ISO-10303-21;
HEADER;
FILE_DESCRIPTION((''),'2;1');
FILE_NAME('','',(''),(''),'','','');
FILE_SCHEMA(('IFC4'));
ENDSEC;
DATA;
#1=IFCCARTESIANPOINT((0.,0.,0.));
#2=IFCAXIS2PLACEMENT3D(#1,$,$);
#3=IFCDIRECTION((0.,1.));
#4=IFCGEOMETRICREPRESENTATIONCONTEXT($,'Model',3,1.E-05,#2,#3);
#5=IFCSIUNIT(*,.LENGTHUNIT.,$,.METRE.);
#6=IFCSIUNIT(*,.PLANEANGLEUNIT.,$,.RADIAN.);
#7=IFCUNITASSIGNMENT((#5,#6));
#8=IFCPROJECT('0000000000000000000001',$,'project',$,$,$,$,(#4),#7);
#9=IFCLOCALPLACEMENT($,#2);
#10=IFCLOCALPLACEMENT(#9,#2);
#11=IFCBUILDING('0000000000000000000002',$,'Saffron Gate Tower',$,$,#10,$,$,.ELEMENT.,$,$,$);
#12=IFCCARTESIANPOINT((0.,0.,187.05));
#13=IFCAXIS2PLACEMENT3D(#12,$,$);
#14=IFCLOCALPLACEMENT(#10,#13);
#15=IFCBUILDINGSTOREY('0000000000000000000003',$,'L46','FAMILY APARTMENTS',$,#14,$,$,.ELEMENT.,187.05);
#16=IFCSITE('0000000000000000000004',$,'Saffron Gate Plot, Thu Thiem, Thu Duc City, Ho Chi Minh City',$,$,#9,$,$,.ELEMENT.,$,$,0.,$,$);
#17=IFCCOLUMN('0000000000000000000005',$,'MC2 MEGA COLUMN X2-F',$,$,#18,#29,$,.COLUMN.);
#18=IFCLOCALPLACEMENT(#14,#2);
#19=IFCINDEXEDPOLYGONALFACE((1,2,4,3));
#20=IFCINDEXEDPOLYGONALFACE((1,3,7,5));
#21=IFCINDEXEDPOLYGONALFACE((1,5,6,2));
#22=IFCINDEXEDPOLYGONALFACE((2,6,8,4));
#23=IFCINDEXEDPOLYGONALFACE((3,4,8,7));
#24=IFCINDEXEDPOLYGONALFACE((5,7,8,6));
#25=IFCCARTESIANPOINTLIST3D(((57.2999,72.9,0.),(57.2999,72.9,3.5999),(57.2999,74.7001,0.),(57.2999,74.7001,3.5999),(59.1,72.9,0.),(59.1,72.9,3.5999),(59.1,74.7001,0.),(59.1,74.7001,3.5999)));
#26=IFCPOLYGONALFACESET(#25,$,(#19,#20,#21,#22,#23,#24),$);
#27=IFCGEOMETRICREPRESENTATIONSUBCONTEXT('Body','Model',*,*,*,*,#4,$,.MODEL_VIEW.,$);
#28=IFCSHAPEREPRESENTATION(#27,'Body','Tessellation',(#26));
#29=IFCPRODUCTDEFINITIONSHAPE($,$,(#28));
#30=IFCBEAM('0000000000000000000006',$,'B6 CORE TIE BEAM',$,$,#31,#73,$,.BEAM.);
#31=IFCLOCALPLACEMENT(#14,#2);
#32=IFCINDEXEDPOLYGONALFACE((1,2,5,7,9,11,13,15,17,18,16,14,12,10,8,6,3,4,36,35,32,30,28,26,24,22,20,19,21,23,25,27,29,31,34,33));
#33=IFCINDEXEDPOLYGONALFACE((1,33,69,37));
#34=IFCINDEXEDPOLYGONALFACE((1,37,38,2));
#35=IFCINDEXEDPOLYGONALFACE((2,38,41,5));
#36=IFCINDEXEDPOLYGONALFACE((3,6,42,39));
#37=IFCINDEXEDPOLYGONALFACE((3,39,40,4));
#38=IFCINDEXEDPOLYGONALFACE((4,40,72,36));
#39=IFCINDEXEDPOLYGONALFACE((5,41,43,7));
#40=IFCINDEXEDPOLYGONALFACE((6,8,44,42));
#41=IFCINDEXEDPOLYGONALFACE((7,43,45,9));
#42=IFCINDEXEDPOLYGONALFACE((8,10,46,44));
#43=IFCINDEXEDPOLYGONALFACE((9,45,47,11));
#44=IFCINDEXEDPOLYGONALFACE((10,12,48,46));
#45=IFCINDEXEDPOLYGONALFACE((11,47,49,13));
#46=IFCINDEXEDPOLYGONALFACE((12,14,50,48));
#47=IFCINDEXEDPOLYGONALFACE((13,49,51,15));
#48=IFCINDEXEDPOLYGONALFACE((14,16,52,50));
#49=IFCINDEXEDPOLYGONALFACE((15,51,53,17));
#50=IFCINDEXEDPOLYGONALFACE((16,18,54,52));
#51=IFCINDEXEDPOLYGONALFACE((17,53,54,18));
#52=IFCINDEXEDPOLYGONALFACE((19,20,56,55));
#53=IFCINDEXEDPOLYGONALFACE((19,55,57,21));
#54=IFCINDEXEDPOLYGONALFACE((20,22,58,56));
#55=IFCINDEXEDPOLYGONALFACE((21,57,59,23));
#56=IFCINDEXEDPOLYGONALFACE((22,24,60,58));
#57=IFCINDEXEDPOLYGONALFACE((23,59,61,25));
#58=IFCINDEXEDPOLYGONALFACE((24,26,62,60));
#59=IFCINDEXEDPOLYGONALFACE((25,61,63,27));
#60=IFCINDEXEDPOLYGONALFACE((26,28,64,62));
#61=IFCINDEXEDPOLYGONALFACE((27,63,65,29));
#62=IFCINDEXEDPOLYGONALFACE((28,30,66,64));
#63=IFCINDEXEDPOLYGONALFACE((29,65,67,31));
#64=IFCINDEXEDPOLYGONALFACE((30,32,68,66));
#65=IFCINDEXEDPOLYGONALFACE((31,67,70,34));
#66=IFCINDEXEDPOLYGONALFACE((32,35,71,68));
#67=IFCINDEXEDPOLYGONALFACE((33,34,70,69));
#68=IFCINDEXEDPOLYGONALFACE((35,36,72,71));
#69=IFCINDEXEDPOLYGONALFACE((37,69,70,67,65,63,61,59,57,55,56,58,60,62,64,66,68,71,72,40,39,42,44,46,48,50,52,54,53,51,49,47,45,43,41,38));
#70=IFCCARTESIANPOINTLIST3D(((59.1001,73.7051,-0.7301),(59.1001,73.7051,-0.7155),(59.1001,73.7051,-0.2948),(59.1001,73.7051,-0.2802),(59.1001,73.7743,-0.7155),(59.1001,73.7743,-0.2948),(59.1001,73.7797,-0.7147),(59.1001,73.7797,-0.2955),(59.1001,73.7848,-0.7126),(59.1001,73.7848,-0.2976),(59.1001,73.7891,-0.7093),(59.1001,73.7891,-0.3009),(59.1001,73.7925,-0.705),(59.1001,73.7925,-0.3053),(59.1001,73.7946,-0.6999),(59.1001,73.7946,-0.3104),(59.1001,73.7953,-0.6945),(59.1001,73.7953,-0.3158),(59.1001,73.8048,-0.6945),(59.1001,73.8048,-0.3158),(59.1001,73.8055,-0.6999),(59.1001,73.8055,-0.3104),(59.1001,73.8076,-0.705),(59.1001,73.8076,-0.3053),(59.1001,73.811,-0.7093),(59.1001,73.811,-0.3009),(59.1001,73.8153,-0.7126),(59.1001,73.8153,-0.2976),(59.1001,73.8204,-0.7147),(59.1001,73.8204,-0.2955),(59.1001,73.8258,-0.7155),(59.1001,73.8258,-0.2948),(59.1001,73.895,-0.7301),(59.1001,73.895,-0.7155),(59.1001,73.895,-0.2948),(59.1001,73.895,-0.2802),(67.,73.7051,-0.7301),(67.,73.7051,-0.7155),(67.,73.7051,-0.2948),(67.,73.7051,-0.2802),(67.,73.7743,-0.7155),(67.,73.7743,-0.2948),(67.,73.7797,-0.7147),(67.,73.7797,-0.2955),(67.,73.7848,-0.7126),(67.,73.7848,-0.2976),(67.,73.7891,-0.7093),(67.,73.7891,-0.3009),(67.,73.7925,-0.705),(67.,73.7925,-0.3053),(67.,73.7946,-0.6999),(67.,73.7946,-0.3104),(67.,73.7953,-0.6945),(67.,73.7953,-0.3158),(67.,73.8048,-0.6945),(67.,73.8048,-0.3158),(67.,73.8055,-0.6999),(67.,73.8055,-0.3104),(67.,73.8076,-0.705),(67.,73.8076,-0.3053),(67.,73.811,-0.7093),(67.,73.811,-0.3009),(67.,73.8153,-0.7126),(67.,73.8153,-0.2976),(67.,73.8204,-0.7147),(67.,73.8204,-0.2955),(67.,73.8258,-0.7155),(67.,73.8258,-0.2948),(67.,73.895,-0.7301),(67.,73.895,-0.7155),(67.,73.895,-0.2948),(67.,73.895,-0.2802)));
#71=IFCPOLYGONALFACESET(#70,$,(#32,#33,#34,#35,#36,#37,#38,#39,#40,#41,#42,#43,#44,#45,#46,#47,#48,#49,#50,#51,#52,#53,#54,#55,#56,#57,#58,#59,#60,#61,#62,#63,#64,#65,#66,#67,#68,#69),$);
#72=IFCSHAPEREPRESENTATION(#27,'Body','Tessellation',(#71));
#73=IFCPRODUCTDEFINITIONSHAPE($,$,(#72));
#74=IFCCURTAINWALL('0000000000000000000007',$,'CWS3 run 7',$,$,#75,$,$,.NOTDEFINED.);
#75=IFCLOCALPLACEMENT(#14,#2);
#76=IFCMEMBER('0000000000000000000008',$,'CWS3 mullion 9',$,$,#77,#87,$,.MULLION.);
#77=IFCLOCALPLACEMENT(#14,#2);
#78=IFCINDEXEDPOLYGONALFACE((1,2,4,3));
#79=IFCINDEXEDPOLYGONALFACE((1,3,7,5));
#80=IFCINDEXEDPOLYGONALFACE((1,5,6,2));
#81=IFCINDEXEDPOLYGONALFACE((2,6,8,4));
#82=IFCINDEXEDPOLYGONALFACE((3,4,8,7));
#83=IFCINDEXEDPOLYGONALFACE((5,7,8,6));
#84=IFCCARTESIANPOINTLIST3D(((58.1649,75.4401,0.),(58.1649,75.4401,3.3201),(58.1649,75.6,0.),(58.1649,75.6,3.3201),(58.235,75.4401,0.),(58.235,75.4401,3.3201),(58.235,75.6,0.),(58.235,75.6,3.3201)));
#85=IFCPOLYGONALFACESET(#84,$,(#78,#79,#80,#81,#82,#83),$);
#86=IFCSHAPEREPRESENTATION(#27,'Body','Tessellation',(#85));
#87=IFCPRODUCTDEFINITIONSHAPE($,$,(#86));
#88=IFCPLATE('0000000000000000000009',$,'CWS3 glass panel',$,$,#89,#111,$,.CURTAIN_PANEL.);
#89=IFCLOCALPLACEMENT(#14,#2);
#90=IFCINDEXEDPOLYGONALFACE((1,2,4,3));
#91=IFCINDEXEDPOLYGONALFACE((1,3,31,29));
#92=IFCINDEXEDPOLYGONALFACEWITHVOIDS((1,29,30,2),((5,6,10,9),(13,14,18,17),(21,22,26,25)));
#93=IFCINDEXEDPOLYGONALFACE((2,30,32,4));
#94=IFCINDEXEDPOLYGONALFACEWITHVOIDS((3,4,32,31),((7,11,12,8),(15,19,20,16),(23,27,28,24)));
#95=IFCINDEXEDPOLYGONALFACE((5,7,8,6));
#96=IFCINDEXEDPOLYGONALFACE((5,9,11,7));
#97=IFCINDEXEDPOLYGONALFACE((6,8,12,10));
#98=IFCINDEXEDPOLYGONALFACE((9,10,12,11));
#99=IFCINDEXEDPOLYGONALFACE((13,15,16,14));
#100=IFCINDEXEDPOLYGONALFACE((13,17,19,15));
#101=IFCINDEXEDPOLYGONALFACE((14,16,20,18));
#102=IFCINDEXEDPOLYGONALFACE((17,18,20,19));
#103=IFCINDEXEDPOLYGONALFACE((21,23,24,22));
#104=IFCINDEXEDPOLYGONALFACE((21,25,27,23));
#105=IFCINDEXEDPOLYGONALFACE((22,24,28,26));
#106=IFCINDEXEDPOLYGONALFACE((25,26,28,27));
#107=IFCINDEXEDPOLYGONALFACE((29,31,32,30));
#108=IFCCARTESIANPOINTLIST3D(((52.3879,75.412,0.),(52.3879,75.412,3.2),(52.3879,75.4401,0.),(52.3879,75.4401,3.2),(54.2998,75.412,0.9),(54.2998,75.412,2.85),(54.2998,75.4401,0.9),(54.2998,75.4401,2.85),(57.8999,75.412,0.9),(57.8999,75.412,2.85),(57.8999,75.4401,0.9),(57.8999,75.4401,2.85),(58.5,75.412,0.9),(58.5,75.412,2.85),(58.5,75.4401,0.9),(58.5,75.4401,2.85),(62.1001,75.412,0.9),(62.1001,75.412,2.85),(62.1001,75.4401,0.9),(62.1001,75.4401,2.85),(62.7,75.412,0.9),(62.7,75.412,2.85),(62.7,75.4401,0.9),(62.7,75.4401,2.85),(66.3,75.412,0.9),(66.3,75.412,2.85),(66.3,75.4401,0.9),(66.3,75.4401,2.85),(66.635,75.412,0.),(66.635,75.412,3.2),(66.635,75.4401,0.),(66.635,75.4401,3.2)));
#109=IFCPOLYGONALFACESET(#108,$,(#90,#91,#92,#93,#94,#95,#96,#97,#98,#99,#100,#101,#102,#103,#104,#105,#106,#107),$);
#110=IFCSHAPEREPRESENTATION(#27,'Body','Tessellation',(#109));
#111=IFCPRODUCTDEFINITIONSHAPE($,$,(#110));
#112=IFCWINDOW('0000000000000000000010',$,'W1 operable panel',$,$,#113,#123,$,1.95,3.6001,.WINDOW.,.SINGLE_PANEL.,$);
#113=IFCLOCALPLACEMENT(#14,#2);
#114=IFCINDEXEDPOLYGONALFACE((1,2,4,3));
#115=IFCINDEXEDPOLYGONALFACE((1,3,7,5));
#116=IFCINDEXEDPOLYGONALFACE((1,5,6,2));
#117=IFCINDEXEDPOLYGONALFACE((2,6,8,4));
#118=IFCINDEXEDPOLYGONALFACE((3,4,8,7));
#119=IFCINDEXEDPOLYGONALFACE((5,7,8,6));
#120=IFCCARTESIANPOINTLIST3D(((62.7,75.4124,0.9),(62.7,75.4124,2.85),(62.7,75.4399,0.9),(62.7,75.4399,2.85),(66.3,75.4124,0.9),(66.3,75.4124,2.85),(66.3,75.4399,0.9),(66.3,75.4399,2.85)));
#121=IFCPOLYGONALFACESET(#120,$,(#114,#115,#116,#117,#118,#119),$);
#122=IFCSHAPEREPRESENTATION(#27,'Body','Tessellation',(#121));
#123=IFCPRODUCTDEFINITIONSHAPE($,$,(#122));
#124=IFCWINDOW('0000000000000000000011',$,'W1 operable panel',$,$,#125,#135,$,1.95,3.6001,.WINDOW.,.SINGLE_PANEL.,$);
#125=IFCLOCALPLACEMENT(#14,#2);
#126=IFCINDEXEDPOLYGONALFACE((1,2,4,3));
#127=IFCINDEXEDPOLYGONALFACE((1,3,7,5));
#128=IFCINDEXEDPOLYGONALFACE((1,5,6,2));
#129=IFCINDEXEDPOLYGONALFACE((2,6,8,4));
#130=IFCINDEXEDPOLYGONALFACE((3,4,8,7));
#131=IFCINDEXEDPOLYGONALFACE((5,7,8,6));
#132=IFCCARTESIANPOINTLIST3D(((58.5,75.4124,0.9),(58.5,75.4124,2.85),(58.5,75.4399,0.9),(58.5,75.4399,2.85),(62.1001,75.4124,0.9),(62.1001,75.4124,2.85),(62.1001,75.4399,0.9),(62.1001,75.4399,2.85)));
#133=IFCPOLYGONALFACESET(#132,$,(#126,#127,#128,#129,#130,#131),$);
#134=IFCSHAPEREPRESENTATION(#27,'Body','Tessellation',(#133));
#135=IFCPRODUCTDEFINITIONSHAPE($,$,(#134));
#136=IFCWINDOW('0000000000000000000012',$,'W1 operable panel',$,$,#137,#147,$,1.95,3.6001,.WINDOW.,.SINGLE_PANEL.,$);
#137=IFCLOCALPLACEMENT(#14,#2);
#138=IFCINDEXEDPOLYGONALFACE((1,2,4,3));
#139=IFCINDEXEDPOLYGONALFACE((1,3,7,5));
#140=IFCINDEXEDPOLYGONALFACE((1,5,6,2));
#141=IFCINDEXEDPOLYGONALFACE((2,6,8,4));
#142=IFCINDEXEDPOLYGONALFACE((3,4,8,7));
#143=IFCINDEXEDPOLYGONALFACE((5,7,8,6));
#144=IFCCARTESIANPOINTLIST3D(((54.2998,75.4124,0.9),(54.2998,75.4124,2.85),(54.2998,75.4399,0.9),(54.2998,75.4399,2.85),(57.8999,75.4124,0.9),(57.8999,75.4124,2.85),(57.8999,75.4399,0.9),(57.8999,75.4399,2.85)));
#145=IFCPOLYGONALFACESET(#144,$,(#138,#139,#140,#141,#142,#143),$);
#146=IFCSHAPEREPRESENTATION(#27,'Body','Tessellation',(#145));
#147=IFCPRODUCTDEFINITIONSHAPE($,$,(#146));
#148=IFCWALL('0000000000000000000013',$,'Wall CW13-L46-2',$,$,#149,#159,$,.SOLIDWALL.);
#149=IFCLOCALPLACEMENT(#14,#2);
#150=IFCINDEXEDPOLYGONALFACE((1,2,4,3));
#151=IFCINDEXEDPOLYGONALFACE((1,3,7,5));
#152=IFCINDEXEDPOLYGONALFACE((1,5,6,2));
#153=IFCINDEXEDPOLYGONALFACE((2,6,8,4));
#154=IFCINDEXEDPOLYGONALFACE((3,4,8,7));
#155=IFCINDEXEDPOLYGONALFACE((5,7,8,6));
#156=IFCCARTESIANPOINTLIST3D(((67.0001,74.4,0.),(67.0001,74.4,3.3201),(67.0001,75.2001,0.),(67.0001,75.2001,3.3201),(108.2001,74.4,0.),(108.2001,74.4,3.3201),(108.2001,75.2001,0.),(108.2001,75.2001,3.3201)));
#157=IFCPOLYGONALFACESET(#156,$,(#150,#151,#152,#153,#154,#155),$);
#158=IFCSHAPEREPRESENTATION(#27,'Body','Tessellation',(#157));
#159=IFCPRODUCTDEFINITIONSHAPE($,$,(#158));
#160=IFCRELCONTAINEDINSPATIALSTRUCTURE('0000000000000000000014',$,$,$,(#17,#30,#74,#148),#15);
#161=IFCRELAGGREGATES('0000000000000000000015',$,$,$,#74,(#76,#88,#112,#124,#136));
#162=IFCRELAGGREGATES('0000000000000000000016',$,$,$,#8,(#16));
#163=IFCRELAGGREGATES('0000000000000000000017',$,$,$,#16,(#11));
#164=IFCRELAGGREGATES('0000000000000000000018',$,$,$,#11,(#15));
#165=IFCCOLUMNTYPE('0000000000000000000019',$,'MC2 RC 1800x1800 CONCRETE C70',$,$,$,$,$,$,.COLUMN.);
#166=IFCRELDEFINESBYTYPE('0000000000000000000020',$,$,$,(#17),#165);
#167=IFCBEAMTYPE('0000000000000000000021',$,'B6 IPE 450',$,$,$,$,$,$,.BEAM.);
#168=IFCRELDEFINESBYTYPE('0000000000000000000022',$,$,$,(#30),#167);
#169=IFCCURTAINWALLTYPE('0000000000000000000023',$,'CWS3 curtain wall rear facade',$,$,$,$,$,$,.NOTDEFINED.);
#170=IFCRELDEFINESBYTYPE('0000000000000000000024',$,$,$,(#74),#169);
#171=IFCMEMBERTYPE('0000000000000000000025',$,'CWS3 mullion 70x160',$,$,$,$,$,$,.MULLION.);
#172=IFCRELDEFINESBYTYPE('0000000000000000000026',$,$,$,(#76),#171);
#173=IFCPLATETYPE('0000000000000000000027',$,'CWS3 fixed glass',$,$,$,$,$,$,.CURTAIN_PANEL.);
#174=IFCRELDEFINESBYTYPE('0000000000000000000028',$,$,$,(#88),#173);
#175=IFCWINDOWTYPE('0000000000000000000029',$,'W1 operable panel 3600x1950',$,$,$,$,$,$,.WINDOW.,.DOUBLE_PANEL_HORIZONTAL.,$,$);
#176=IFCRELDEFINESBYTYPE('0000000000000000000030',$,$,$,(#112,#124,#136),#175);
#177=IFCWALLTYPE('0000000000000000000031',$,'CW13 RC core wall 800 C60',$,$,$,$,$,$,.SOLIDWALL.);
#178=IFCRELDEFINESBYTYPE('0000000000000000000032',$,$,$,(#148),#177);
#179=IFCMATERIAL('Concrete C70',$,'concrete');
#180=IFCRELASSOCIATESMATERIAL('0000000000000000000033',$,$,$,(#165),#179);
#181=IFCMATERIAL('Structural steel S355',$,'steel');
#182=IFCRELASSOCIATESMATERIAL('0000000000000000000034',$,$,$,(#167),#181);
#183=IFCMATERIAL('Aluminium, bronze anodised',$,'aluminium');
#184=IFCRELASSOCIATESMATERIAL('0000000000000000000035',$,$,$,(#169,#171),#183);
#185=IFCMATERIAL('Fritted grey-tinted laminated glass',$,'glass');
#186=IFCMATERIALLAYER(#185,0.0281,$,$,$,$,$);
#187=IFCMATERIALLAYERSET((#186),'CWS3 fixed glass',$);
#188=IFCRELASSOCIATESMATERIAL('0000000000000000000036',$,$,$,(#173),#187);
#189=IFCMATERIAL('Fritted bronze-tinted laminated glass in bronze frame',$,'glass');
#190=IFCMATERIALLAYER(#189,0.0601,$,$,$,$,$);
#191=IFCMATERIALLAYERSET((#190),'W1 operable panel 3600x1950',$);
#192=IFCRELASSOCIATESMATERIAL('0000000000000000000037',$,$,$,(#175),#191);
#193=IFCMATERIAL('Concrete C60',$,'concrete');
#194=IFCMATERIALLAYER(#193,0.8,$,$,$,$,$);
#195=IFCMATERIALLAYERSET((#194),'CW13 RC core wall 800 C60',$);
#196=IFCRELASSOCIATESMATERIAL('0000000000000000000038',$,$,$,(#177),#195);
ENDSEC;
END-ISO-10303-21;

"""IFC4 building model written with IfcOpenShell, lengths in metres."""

from ifc_helpers import new_model, si_unit, direction, frame, frame_2d, origin, origin_2d, place, context, subcontext, project, spatial, rectangle, i_section, extrude, material, layer, layer_set, material_profile, profile_set, type_object, element, fill, aggregate, save


model = new_model("IFC4")

# Units and contexts
model_context = context("Model", 3, precision=1e-05, world=origin(), true_north=direction((0.0, 1.0)))
body_context = subcontext(model_context, "Body", "Model", "MODEL_VIEW")
ifc_project = project(units=[si_unit("LENGTHUNIT", "METRE"), si_unit("PLANEANGLEUNIT", "RADIAN")], contexts=[model_context])

# Site, building, storey
site_placement = place(None, origin())
site = spatial("IfcSite", under=ifc_project, at=site_placement, Name="Saffron Gate Plot, Thu Thiem, Thu Duc City, Ho Chi Minh City", CompositionType="ELEMENT", RefElevation=0.0)
building_placement = place(site_placement, origin())
building = spatial("IfcBuilding", under=site, at=building_placement, Name="Saffron Gate Tower", CompositionType="ELEMENT")
storey_placement = place(building_placement, frame((0.0, 0.0, 187.05)))
storey = spatial("IfcBuildingStorey", under=building, at=storey_placement, Name="L46", Description="FAMILY APARTMENTS", CompositionType="ELEMENT", Elevation=187.05)

# Column
ifc_material_1 = material(Name="Concrete C70", Category="concrete")
ifc_material_profile_1 = material_profile(ifc_material_1, rectangle(XDim=1.8, YDim=1.8, at=origin_2d()))
ifc_profile_set_1 = profile_set([ifc_material_profile_1], Name="Concrete C70")
column_type = type_object("IfcColumnType", Name="MC2 RC 1800x1800 CONCRETE C70", PredefinedType="COLUMN", material=ifc_profile_set_1)
column_placement = place(storey_placement, frame((58.2, 73.8, 0.0), z_axis=(0.0, 0.0, 1.0), x_axis=(1.0, 0.0, 0.0)))
element("IfcColumn", 1, at=column_placement, inside=storey, type_object=column_type, Name="MC2 MEGA COLUMN X2-F", PredefinedType="COLUMN", context=body_context, shape_type="SweptSolid", body=[
    extrude(rectangle(XDim=1.8, YDim=1.8, at=origin_2d()), origin(), (0.0, 0.0, 1.0), 3.5999),
])

# Beam
ifc_material_2 = material(Name="Structural steel S355", Category="steel")
ifc_material_profile_2 = material_profile(ifc_material_2, i_section(OverallWidth=0.1899, OverallDepth=0.45, WebThickness=0.0095, FlangeThickness=0.0146, FilletRadius=0.021, at=origin_2d()))
ifc_profile_set_2 = profile_set([ifc_material_profile_2], Name="Structural steel S355")
beam_type = type_object("IfcBeamType", Name="B6 IPE 450", PredefinedType="BEAM", material=ifc_profile_set_2)
beam_placement = place(storey_placement, frame((59.1001, 73.8, -0.5051), z_axis=(1.0, 0.0, 0.0), x_axis=(0.0, 1.0, 0.0)))
element("IfcBeam", 2, at=beam_placement, inside=storey, type_object=beam_type, Name="B6 CORE TIE BEAM", PredefinedType="BEAM", context=body_context, shape_type="SweptSolid", body=[
    extrude(i_section(OverallWidth=0.1899, OverallDepth=0.45, WebThickness=0.0095, FlangeThickness=0.0146, FilletRadius=0.021, at=origin_2d()), origin(), (0.0, 0.0, 1.0), 7.8999),
])

# Curtain wall, member, plate, openings, windows
ifc_material_3 = material(Name="Aluminium, bronze anodised", Category="aluminium")
curtain_wall_type = type_object("IfcCurtainWallType", Name="CWS3 curtain wall rear facade", PredefinedType="NOTDEFINED", material=ifc_material_3)
curtain_wall_placement = place(storey_placement, origin())
curtain_wall = element("IfcCurtainWall", 3, at=curtain_wall_placement, inside=storey, type_object=curtain_wall_type, Name="CWS3 run 7", PredefinedType="NOTDEFINED")
ifc_material_profile_3 = material_profile(ifc_material_3, rectangle(XDim=0.1599, YDim=0.0701, at=origin_2d()))
ifc_profile_set_3 = profile_set([ifc_material_profile_3], Name="Aluminium, bronze anodised")
member_type = type_object("IfcMemberType", Name="CWS3 mullion 70x160", PredefinedType="MULLION", material=ifc_profile_set_3)
member_placement = place(storey_placement, frame((58.2, 75.52, 0.0), z_axis=(0.0, 0.0, 1.0), x_axis=(0.0, -1.0, 0.0)))
member = element("IfcMember", 4, at=member_placement, type_object=member_type, Name="CWS3 mullion 9", PredefinedType="MULLION", context=body_context, shape_type="SweptSolid", body=[
    extrude(rectangle(XDim=0.1599, YDim=0.0701, at=origin_2d()), origin(), (0.0, 0.0, 1.0), 3.3201),
])
ifc_material_4 = material(Name="Fritted grey-tinted laminated glass", Category="glass")
ifc_layer_1 = layer(ifc_material_4, 0.0281)
ifc_layer_set_1 = layer_set([ifc_layer_1], Name="CWS3 fixed glass")
plate_type = type_object("IfcPlateType", Name="CWS3 fixed glass", PredefinedType="CURTAIN_PANEL", material=ifc_layer_set_1)
plate_placement = place(storey_placement, frame((66.635, 75.426, 0.0), z_axis=(0.0, 0.0, 1.0), x_axis=(-1.0, 0.0, 0.0)))
plate = element("IfcPlate", 5, at=plate_placement, type_object=plate_type, Name="CWS3 glass panel", PredefinedType="CURTAIN_PANEL", context=body_context, shape_type="SweptSolid", body=[
    extrude(rectangle(XDim=14.2471, YDim=0.0281, at=frame_2d((7.1235, 0.0))), origin(), (0.0, 0.0, 1.0), 3.2),
])
opening_1_placement = place(plate_placement, frame((0.335, 0.0, 0.8999)))
opening_1 = element("IfcOpeningElement", 6, at=opening_1_placement, cuts=plate, PredefinedType="OPENING", context=body_context, shape_type="SweptSolid", body=[
    extrude(rectangle(XDim=3.6001, YDim=1.95, at=frame_2d((1.8, 0.9751))), frame((0.0, 0.0239, 0.0), z_axis=(0.0, -1.0, 0.0), x_axis=(1.0, 0.0, 0.0)), (0.0, 0.0, 1.0), 0.0481),
])
opening_2_placement = place(plate_placement, frame((4.5349, 0.0, 0.8999)))
opening_2 = element("IfcOpeningElement", 7, at=opening_2_placement, cuts=plate, PredefinedType="OPENING", context=body_context, shape_type="SweptSolid", body=[
    extrude(rectangle(XDim=3.6001, YDim=1.95, at=frame_2d((1.8, 0.9751))), frame((0.0, 0.0239, 0.0), z_axis=(0.0, -1.0, 0.0), x_axis=(1.0, 0.0, 0.0)), (0.0, 0.0, 1.0), 0.0481),
])
opening_3_placement = place(plate_placement, frame((8.7351, 0.0, 0.8999)))
opening_3 = element("IfcOpeningElement", 8, at=opening_3_placement, cuts=plate, PredefinedType="OPENING", context=body_context, shape_type="SweptSolid", body=[
    extrude(rectangle(XDim=3.6001, YDim=1.95, at=frame_2d((1.8, 0.9751))), frame((0.0, 0.0239, 0.0), z_axis=(0.0, -1.0, 0.0), x_axis=(1.0, 0.0, 0.0)), (0.0, 0.0, 1.0), 0.0481),
])
ifc_material_5 = material(Name="Fritted bronze-tinted laminated glass in bronze frame", Category="glass")
ifc_layer_2 = layer(ifc_material_5, 0.0601)
ifc_layer_set_2 = layer_set([ifc_layer_2], Name="W1 operable panel 3600x1950")
window_type = type_object("IfcWindowType", Name="W1 operable panel 3600x1950", PartitioningType="DOUBLE_PANEL_HORIZONTAL", PredefinedType="WINDOW", material=ifc_layer_set_2)
window_1_placement = place(opening_1_placement, origin())
window_1 = element("IfcWindow", 9, at=window_1_placement, type_object=window_type, Name="W1 operable panel", OverallHeight=1.95, OverallWidth=3.6001, PartitioningType="SINGLE_PANEL", PredefinedType="WINDOW", context=body_context, shape_type="SweptSolid", body=[
    extrude(rectangle(XDim=3.6001, YDim=1.95, at=frame_2d((1.8, 0.9751))), frame((0.0, 0.0137, 0.0), z_axis=(0.0, -1.0, 0.0), x_axis=(1.0, 0.0, 0.0)), (0.0, 0.0, 1.0), 0.0276),
])
fill(opening_1, window_1)
window_2_placement = place(opening_2_placement, origin())
window_2 = element("IfcWindow", 10, at=window_2_placement, type_object=window_type, Name="W1 operable panel", OverallHeight=1.95, OverallWidth=3.6001, PartitioningType="SINGLE_PANEL", PredefinedType="WINDOW", context=body_context, shape_type="SweptSolid", body=[
    extrude(rectangle(XDim=3.6001, YDim=1.95, at=frame_2d((1.8, 0.9751))), frame((0.0, 0.0137, 0.0), z_axis=(0.0, -1.0, 0.0), x_axis=(1.0, 0.0, 0.0)), (0.0, 0.0, 1.0), 0.0276),
])
fill(opening_2, window_2)
window_3_placement = place(opening_3_placement, origin())
window_3 = element("IfcWindow", 11, at=window_3_placement, type_object=window_type, Name="W1 operable panel", OverallHeight=1.95, OverallWidth=3.6001, PartitioningType="SINGLE_PANEL", PredefinedType="WINDOW", context=body_context, shape_type="SweptSolid", body=[
    extrude(rectangle(XDim=3.6001, YDim=1.95, at=frame_2d((1.8, 0.9751))), frame((0.0, 0.0137, 0.0), z_axis=(0.0, -1.0, 0.0), x_axis=(1.0, 0.0, 0.0)), (0.0, 0.0, 1.0), 0.0276),
])
fill(opening_3, window_3)
aggregate(curtain_wall, [member, plate, window_1, window_2, window_3])

# Wall
ifc_material_6 = material(Name="Concrete C60", Category="concrete")
ifc_layer_3 = layer(ifc_material_6, 0.8)
ifc_layer_set_3 = layer_set([ifc_layer_3], Name="CW13 RC core wall 800 C60")
wall_type_1 = type_object("IfcWallType", Name="CW13 RC core wall 800 C60", PredefinedType="SOLIDWALL", material=ifc_layer_set_3)
wall_1_placement = place(storey_placement, frame((67.0, 74.8, 0.0), z_axis=(0.0, 0.0, 1.0), x_axis=(1.0, 0.0, 0.0)))
element("IfcWall", 12, at=wall_1_placement, inside=storey, type_object=wall_type_1, Name="Wall CW13-L46-2", PredefinedType="SOLIDWALL", context=body_context, shape_type="SweptSolid", body=[
    extrude(rectangle(XDim=41.2, YDim=0.8, at=frame_2d((20.6001, 0.0))), origin(), (0.0, 0.0, 1.0), 3.3201),
])

save(model, "model.ifc")
